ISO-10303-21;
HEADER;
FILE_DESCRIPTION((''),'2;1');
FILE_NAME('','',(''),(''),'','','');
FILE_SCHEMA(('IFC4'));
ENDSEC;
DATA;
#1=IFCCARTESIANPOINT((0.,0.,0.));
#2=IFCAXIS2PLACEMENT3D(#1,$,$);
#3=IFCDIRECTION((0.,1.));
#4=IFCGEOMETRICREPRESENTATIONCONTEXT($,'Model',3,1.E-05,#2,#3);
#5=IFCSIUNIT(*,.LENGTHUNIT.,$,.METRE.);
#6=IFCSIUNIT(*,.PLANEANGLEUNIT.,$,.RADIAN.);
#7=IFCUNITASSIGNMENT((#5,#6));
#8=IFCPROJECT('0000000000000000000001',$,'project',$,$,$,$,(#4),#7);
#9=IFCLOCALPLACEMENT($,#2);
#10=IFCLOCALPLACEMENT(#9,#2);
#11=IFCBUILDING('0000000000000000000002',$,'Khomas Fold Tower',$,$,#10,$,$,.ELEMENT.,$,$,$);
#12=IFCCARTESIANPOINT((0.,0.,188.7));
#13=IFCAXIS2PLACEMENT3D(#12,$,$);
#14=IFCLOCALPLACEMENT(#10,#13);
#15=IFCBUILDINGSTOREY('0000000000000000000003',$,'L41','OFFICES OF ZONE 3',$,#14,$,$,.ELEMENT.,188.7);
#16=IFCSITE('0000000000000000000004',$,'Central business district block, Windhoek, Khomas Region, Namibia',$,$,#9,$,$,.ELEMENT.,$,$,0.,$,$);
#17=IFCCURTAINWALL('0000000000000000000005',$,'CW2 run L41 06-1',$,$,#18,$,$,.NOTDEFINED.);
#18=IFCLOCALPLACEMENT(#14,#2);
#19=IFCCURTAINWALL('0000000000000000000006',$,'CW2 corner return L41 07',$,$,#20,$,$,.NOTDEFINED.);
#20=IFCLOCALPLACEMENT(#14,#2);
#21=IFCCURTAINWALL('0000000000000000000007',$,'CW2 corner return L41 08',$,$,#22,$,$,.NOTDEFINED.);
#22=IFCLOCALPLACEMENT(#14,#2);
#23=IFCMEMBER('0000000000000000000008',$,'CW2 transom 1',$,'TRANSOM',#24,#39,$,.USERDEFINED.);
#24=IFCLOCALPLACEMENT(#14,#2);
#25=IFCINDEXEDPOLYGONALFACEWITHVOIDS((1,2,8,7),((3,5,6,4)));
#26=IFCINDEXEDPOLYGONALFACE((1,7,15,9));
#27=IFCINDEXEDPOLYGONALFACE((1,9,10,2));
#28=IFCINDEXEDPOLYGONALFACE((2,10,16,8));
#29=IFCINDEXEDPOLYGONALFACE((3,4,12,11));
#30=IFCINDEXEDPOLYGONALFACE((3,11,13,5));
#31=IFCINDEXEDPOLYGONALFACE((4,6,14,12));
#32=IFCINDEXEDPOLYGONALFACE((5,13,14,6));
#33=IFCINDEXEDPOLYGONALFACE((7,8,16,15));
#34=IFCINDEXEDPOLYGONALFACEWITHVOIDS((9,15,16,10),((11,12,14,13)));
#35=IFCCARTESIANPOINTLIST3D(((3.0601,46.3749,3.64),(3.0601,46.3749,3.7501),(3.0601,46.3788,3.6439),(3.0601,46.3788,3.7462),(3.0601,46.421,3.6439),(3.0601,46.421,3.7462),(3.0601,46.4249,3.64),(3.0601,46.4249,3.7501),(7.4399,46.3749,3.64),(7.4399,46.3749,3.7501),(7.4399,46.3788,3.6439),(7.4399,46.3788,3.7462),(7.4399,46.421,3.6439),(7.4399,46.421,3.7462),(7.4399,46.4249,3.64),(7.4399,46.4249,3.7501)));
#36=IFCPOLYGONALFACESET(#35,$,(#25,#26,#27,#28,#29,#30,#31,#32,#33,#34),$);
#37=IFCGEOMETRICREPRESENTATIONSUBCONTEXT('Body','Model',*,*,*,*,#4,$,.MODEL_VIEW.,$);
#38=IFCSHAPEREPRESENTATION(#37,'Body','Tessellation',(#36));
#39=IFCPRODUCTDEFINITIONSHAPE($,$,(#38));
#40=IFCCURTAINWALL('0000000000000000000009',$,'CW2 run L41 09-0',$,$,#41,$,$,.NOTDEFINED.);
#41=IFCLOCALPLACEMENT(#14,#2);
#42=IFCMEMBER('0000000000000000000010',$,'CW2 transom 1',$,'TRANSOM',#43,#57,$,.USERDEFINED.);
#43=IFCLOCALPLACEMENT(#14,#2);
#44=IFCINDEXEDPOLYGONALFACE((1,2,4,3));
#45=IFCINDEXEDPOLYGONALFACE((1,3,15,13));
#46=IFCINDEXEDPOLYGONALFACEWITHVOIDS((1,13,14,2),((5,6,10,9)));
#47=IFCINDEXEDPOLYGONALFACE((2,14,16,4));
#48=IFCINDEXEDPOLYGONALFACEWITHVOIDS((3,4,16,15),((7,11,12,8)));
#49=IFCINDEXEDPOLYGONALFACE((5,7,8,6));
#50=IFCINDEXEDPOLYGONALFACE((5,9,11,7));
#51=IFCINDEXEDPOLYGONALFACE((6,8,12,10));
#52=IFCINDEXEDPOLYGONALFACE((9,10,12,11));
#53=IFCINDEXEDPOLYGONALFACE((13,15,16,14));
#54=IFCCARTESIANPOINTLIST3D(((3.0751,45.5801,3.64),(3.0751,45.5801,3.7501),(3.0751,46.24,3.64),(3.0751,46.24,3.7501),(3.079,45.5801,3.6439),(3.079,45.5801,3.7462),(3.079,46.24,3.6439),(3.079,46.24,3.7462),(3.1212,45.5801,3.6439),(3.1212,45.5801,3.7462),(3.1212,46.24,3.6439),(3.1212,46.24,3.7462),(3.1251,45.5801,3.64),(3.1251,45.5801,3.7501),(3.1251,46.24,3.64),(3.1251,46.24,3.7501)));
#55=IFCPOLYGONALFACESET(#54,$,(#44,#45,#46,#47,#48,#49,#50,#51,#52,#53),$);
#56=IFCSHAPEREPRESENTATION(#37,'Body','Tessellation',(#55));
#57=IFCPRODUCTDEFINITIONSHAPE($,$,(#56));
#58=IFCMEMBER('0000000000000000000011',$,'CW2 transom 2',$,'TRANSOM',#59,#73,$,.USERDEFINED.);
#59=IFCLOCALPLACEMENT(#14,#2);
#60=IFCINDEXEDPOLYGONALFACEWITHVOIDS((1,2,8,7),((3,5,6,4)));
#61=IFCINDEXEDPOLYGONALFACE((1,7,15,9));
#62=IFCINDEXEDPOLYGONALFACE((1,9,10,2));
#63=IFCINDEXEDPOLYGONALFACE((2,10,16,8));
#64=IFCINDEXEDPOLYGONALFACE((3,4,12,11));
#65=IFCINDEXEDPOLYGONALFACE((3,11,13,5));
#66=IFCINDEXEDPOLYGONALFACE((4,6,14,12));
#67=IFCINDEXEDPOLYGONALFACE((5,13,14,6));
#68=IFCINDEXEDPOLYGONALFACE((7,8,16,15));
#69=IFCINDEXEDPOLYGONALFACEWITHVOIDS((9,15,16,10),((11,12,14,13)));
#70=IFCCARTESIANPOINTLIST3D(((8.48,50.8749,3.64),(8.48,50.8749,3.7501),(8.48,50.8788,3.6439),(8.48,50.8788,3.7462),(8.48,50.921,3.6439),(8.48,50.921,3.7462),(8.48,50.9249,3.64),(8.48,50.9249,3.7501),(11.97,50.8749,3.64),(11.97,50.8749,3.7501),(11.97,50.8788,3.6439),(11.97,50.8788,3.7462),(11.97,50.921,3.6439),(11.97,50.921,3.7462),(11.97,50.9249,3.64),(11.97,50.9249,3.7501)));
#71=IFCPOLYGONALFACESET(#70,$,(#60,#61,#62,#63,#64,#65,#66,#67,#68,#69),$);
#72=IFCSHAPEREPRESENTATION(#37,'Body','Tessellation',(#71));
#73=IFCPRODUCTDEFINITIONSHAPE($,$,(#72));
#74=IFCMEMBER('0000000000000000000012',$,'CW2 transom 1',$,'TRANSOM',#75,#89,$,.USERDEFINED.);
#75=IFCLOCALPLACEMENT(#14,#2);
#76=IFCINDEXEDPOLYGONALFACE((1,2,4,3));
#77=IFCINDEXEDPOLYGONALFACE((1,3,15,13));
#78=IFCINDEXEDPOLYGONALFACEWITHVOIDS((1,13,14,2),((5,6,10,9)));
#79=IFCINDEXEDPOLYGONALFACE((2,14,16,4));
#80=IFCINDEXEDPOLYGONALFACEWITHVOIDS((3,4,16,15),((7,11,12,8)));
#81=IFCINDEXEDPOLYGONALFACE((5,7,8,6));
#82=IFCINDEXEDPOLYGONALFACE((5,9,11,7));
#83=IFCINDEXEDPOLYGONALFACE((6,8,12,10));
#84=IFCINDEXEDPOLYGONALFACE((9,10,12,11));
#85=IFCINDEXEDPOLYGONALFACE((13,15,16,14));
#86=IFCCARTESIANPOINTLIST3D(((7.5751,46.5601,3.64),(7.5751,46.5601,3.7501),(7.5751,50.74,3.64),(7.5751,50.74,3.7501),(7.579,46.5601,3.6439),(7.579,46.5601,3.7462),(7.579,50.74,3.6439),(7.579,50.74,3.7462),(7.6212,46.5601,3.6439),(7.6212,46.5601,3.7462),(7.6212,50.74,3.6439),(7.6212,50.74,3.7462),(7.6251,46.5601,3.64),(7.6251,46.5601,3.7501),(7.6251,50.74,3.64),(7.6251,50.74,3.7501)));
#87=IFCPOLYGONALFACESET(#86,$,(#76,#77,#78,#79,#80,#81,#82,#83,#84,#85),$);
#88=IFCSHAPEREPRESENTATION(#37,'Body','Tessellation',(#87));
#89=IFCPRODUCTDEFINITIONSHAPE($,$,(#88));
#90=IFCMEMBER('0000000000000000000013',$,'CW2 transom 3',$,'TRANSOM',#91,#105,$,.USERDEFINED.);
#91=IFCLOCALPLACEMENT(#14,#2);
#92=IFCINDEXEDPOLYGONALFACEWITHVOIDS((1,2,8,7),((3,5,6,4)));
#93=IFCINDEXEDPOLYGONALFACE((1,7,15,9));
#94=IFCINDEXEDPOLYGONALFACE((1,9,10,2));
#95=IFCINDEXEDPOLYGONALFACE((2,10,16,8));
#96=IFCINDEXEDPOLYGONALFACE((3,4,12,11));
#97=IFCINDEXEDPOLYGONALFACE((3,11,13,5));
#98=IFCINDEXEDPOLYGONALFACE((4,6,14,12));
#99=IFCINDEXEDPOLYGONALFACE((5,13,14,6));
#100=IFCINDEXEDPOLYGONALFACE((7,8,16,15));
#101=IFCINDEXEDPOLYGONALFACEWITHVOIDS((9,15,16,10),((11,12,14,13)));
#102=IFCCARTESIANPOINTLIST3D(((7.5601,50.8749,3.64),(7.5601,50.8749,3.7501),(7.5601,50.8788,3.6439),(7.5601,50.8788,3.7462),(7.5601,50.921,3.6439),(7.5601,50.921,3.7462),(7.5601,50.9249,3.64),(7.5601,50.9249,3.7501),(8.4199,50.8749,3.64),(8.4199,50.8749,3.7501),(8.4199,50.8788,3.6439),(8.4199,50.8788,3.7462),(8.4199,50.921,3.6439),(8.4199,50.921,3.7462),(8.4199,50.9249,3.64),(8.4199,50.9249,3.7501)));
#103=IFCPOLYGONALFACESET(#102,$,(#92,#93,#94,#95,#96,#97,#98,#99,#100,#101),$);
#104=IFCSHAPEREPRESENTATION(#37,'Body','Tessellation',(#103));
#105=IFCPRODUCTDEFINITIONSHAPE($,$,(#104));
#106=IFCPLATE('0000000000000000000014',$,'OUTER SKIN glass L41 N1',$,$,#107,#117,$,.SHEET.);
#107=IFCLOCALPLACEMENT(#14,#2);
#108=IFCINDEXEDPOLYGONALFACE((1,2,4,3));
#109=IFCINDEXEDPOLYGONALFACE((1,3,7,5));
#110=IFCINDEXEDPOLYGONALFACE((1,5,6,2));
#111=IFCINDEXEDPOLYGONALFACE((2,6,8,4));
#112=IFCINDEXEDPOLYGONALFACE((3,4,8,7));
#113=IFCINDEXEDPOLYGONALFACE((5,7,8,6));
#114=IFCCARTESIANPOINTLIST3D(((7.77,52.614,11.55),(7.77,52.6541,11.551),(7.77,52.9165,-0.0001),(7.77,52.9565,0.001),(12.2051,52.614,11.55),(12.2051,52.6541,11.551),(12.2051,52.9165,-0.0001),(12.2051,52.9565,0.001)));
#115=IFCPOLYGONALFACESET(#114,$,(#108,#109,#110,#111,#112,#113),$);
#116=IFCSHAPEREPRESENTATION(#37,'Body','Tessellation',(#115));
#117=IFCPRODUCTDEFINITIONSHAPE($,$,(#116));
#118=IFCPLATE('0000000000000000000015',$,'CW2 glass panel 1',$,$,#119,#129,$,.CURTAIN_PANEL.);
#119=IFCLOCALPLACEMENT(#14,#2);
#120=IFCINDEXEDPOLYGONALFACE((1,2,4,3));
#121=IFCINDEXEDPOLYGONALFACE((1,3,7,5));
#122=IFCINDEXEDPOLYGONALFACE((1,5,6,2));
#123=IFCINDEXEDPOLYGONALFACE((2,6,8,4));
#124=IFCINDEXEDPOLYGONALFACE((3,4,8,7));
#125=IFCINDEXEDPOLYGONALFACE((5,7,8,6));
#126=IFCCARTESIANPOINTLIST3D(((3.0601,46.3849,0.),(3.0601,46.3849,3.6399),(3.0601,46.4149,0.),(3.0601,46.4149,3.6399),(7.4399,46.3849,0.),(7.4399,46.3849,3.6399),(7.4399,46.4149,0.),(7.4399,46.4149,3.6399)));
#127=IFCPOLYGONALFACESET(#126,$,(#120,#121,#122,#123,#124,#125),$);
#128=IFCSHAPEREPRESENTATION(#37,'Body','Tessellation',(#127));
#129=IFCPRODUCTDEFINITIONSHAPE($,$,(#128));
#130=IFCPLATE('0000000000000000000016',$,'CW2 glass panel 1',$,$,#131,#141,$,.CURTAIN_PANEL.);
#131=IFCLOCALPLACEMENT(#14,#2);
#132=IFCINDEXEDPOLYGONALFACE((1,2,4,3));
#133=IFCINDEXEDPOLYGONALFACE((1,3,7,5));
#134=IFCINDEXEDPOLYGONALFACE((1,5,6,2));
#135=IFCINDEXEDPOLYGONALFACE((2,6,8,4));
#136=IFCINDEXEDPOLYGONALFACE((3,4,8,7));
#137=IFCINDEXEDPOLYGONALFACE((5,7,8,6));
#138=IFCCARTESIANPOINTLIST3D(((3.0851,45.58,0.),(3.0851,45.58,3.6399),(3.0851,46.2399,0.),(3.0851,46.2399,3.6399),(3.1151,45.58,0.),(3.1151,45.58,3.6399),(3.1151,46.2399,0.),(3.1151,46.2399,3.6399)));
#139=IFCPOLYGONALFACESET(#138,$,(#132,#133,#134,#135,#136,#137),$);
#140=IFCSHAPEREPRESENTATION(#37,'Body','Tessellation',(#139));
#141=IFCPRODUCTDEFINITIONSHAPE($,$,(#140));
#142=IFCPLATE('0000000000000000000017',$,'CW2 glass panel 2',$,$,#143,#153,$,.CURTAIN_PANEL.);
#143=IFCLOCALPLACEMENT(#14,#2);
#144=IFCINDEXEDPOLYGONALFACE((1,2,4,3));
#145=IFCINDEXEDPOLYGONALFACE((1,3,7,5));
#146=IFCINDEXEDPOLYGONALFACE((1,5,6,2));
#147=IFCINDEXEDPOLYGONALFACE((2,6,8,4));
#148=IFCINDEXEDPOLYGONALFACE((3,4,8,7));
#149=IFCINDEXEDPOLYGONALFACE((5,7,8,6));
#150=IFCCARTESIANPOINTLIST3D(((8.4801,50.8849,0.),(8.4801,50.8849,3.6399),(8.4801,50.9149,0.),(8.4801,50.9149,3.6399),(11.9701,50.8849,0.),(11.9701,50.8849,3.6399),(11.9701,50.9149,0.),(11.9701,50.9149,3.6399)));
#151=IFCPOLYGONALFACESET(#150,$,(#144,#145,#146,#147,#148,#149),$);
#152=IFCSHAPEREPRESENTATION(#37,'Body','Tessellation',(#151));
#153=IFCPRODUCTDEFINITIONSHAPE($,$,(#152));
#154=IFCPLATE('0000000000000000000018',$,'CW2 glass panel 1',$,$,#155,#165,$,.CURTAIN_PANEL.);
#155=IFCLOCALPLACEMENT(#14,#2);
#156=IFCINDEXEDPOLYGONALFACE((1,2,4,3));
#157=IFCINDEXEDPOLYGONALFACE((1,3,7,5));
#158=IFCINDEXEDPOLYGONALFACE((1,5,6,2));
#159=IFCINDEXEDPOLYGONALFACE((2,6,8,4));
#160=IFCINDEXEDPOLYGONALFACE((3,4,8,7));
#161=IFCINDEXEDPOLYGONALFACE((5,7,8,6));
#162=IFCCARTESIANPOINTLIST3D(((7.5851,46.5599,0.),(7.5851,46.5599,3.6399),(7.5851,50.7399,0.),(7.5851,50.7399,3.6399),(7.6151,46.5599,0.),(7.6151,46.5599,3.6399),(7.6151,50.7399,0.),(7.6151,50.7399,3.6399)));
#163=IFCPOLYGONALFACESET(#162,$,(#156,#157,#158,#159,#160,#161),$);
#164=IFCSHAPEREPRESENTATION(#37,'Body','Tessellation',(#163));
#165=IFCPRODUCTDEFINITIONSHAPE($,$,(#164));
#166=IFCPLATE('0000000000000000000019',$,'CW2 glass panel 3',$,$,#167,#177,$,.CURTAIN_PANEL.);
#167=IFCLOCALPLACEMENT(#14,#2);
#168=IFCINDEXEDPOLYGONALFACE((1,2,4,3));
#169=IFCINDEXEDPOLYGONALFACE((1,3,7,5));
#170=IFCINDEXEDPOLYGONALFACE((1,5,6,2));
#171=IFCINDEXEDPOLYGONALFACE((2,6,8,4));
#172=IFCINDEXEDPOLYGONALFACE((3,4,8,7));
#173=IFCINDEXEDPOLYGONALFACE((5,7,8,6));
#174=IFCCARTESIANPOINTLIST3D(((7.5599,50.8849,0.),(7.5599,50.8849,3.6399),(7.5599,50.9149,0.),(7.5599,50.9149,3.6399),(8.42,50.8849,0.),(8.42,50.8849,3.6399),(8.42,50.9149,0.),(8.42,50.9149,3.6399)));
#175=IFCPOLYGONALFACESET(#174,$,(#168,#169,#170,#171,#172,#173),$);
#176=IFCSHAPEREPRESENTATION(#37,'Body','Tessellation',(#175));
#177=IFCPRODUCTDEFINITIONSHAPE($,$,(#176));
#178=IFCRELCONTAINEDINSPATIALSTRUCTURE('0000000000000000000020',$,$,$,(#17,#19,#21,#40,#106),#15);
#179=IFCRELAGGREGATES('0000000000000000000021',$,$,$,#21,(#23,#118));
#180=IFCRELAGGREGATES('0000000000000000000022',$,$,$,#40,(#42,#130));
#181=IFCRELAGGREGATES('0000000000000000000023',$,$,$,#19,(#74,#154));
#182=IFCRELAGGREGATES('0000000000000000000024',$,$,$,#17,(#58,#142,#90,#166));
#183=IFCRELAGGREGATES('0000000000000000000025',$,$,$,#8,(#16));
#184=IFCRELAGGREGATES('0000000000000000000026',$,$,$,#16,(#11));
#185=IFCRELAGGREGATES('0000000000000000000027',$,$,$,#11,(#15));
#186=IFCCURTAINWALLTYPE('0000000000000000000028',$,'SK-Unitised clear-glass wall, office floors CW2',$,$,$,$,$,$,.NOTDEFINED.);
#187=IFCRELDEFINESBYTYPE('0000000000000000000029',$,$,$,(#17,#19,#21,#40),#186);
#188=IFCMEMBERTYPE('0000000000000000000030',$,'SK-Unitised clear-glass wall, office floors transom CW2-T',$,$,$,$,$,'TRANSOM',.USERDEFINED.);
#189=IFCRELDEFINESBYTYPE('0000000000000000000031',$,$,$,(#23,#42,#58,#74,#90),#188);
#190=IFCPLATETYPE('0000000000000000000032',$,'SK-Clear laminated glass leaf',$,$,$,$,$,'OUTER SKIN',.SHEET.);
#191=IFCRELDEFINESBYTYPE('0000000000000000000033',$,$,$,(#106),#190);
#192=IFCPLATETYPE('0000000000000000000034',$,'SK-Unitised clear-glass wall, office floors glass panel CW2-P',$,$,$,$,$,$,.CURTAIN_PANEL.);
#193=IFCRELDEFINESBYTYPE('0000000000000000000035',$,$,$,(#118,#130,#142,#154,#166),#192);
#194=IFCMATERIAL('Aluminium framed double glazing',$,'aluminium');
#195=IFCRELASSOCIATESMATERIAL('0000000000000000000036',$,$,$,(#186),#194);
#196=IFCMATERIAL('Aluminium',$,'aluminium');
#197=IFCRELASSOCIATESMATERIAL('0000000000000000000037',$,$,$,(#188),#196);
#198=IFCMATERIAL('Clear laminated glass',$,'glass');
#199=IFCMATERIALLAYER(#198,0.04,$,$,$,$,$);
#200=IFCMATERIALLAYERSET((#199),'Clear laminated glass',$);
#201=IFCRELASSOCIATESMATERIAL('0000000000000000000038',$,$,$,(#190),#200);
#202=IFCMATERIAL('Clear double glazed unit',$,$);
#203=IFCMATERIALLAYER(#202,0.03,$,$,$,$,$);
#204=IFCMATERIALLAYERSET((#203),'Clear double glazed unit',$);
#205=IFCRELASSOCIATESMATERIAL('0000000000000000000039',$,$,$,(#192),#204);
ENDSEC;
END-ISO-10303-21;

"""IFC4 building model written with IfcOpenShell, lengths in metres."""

from ifc_helpers import new_model, si_unit, direction, frame, origin, origin_2d, place, context, subcontext, project, spatial, polyline, rectangle, hollow_rectangle, outline, extrude, source, transform, mapped, material, layer, layer_set, material_profile, profile_set, type_object, element, aggregate, save


model = new_model("IFC4")

# Units and contexts
model_context = context("Model", 3, precision=1e-05, world=origin(), true_north=direction((0.0, 1.0)))
body_context = subcontext(model_context, "Body", "Model", "MODEL_VIEW")
ifc_project = project(units=[si_unit("LENGTHUNIT", "METRE"), si_unit("PLANEANGLEUNIT", "RADIAN")], contexts=[model_context])

# Site, building, storey
site_placement = place(None, origin())
site = spatial("IfcSite", under=ifc_project, at=site_placement, Name="Central business district block, Windhoek, Khomas Region, Namibia", CompositionType="ELEMENT", RefElevation=0.0)
building_placement = place(site_placement, origin())
building = spatial("IfcBuilding", under=site, at=building_placement, Name="Khomas Fold Tower", CompositionType="ELEMENT")
storey_placement = place(building_placement, frame((0.0, 0.0, 188.7)))
storey = spatial("IfcBuildingStorey", under=building, at=storey_placement, Name="L41", Description="OFFICES OF ZONE 3", CompositionType="ELEMENT", Elevation=188.7)

# Curtain walls, member
ifc_material_1 = material(Name="Aluminium framed double glazing", Category="aluminium")
curtain_wall_type = type_object("IfcCurtainWallType", Name="SK-Unitised clear-glass wall, office floors CW2", PredefinedType="NOTDEFINED", material=ifc_material_1)
curtain_wall_1_placement = place(storey_placement, origin())
curtain_wall_1 = element("IfcCurtainWall", 1, at=curtain_wall_1_placement, inside=storey, type_object=curtain_wall_type, Name="CW2 run L41 06-1", PredefinedType="NOTDEFINED")
curtain_wall_2_placement = place(storey_placement, origin())
curtain_wall_2 = element("IfcCurtainWall", 2, at=curtain_wall_2_placement, inside=storey, type_object=curtain_wall_type, Name="CW2 corner return L41 07", PredefinedType="NOTDEFINED")
curtain_wall_3_placement = place(storey_placement, origin())
curtain_wall_3 = element("IfcCurtainWall", 3, at=curtain_wall_3_placement, inside=storey, type_object=curtain_wall_type, Name="CW2 corner return L41 08", PredefinedType="NOTDEFINED")
ifc_material_2 = material(Name="Aluminium", Category="aluminium")
ifc_material_profile_1 = material_profile(ifc_material_2, hollow_rectangle(XDim=0.05, YDim=0.1101, WallThickness=0.0039, at=origin_2d()), Name="SK-Unitised clear-glass wall, office floors transom CW2-T")
ifc_profile_set_1 = profile_set([ifc_material_profile_1], Name="Aluminium")
member_type_1 = type_object("IfcMemberType", Name="SK-Unitised clear-glass wall, office floors transom CW2-T", ElementType="TRANSOM", PredefinedType="USERDEFINED", material=ifc_profile_set_1)
shared_shape_1 = source(origin(), body_context, "Body", "SweptSolid", [
    extrude(hollow_rectangle(XDim=0.05, YDim=0.1101, WallThickness=0.0039, at=origin_2d()), origin(), (0.0, 0.0, 1.0), 4.3799),
])
member_1_placement = place(storey_placement, frame((7.4399, 46.3999, 3.6951), z_axis=(-1.0, 0.0, 0.0), x_axis=(0.0, -1.0, 0.0)))
member_1 = element("IfcMember", 4, at=member_1_placement, type_object=member_type_1, Name="CW2 transom 1", ObjectType="TRANSOM", PredefinedType="USERDEFINED", context=body_context, shape_type="MappedRepresentation", body=[
    mapped(shared_shape_1, transform((0.0, 0.0, 0.0))),
])

# Curtain wall, member
curtain_wall_4_placement = place(storey_placement, origin())
curtain_wall_4 = element("IfcCurtainWall", 5, at=curtain_wall_4_placement, inside=storey, type_object=curtain_wall_type, Name="CW2 run L41 09-0", PredefinedType="NOTDEFINED")
shared_shape_2 = source(origin(), body_context, "Body", "SweptSolid", [
    extrude(hollow_rectangle(XDim=0.05, YDim=0.1101, WallThickness=0.0039, at=origin_2d()), origin(), (0.0, 0.0, 1.0), 0.6599),
])
member_2_placement = place(storey_placement, frame((3.1001, 46.24, 3.6951), z_axis=(0.0, -1.0, 0.0), x_axis=(1.0, 0.0, 0.0)))
member_2 = element("IfcMember", 6, at=member_2_placement, type_object=member_type_1, Name="CW2 transom 1", ObjectType="TRANSOM", PredefinedType="USERDEFINED", context=body_context, shape_type="MappedRepresentation", body=[
    mapped(shared_shape_2, transform((0.0, 0.0, 0.0))),
])

# Members
shared_shape_3 = source(origin(), body_context, "Body", "SweptSolid", [
    extrude(hollow_rectangle(XDim=0.05, YDim=0.1101, WallThickness=0.0039, at=origin_2d()), origin(), (0.0, 0.0, 1.0), 3.49),
])
member_3_placement = place(storey_placement, frame((11.97, 50.8999, 3.6951), z_axis=(-1.0, 0.0, 0.0), x_axis=(0.0, -1.0, 0.0)))
member_3 = element("IfcMember", 7, at=member_3_placement, type_object=member_type_1, Name="CW2 transom 2", ObjectType="TRANSOM", PredefinedType="USERDEFINED", context=body_context, shape_type="MappedRepresentation", body=[
    mapped(shared_shape_3, transform((0.0, 0.0, 0.0))),
])
shared_shape_4 = source(origin(), body_context, "Body", "SweptSolid", [
    extrude(hollow_rectangle(XDim=0.05, YDim=0.1101, WallThickness=0.0039, at=origin_2d()), origin(), (0.0, 0.0, 1.0), 4.1799),
])
member_4_placement = place(storey_placement, frame((7.6001, 50.74, 3.6951), z_axis=(0.0, -1.0, 0.0), x_axis=(1.0, 0.0, 0.0)))
member_4 = element("IfcMember", 8, at=member_4_placement, type_object=member_type_1, Name="CW2 transom 1", ObjectType="TRANSOM", PredefinedType="USERDEFINED", context=body_context, shape_type="MappedRepresentation", body=[
    mapped(shared_shape_4, transform((0.0, 0.0, 0.0))),
])
shared_shape_5 = source(origin(), body_context, "Body", "SweptSolid", [
    extrude(hollow_rectangle(XDim=0.05, YDim=0.1101, WallThickness=0.0039, at=origin_2d()), origin(), (0.0, 0.0, 1.0), 0.8599),
])
member_5_placement = place(storey_placement, frame((8.4199, 50.8999, 3.6951), z_axis=(-1.0, 0.0, 0.0), x_axis=(0.0, -1.0, 0.0)))
member_5 = element("IfcMember", 9, at=member_5_placement, type_object=member_type_1, Name="CW2 transom 3", ObjectType="TRANSOM", PredefinedType="USERDEFINED", context=body_context, shape_type="MappedRepresentation", body=[
    mapped(shared_shape_5, transform((0.0, 0.0, 0.0))),
])

# Plates
ifc_material_3 = material(Name="Clear laminated glass", Category="glass")
ifc_layer_1 = layer(ifc_material_3, 0.04)
ifc_layer_set_1 = layer_set([ifc_layer_1], Name="Clear laminated glass")
plate_type_1 = type_object("IfcPlateType", Name="SK-Clear laminated glass leaf", ElementType="OUTER SKIN", PredefinedType="SHEET", material=ifc_layer_set_1)
plate_1_placement = place(storey_placement, frame((7.77, 52.9565, 0.001), z_axis=(0.0, 0.999657, 0.026181), x_axis=(1.0, 0.0, 0.0)))
element("IfcPlate", 10, at=plate_1_placement, inside=storey, type_object=plate_type_1, Name="OUTER SKIN glass L41 N1", PredefinedType="SHEET", context=body_context, shape_type="SweptSolid", body=[
    extrude(outline(polyline([(0.0, 0.0), (4.4351, 0.0), (4.4351, -11.554), (0.0, -11.554), (0.0, 0.0)])), origin(), (0.0, 0.0, -1.0), 0.04),
])
ifc_material_4 = material(Name="Clear double glazed unit")
ifc_layer_2 = layer(ifc_material_4, 0.03)
ifc_layer_set_2 = layer_set([ifc_layer_2], Name="Clear double glazed unit")
plate_type_2 = type_object("IfcPlateType", Name="SK-Unitised clear-glass wall, office floors glass panel CW2-P", PredefinedType="CURTAIN_PANEL", material=ifc_layer_set_2)
shared_shape_6 = source(origin(), body_context, "Body", "SweptSolid", [
    extrude(rectangle(XDim=4.3799, YDim=0.03, at=origin_2d()), origin(), (0.0, 0.0, 1.0), 3.6399),
])
plate_2_placement = place(storey_placement, frame((5.25, 46.3999, 0.0), z_axis=(0.0, 0.0, 1.0), x_axis=(-1.0, 0.0, 0.0)))
plate_2 = element("IfcPlate", 11, at=plate_2_placement, type_object=plate_type_2, Name="CW2 glass panel 1", PredefinedType="CURTAIN_PANEL", context=body_context, shape_type="MappedRepresentation", body=[
    mapped(shared_shape_6, transform((0.0, 0.0, 0.0))),
])
aggregate(curtain_wall_3, [member_1, plate_2])
shared_shape_7 = source(origin(), body_context, "Body", "SweptSolid", [
    extrude(rectangle(XDim=0.6599, YDim=0.03, at=origin_2d()), origin(), (0.0, 0.0, 1.0), 3.6399),
])
plate_3_placement = place(storey_placement, frame((3.1001, 45.9099, 0.0), z_axis=(0.0, 0.0, 1.0), x_axis=(0.0, -1.0, 0.0)))
plate_3 = element("IfcPlate", 12, at=plate_3_placement, type_object=plate_type_2, Name="CW2 glass panel 1", PredefinedType="CURTAIN_PANEL", context=body_context, shape_type="MappedRepresentation", body=[
    mapped(shared_shape_7, transform((0.0, 0.0, 0.0))),
])
aggregate(curtain_wall_4, [member_2, plate_3])
shared_shape_8 = source(origin(), body_context, "Body", "SweptSolid", [
    extrude(rectangle(XDim=3.49, YDim=0.03, at=origin_2d()), origin(), (0.0, 0.0, 1.0), 3.6399),
])
plate_4_placement = place(storey_placement, frame((10.2251, 50.8999, 0.0), z_axis=(0.0, 0.0, 1.0), x_axis=(-1.0, 0.0, 0.0)))
plate_4 = element("IfcPlate", 13, at=plate_4_placement, type_object=plate_type_2, Name="CW2 glass panel 2", PredefinedType="CURTAIN_PANEL", context=body_context, shape_type="MappedRepresentation", body=[
    mapped(shared_shape_8, transform((0.0, 0.0, 0.0))),
])
shared_shape_9 = source(origin(), body_context, "Body", "SweptSolid", [
    extrude(rectangle(XDim=4.1799, YDim=0.03, at=origin_2d()), origin(), (0.0, 0.0, 1.0), 3.6399),
])
plate_5_placement = place(storey_placement, frame((7.6001, 48.6499, 0.0), z_axis=(0.0, 0.0, 1.0), x_axis=(0.0, -1.0, 0.0)))
plate_5 = element("IfcPlate", 14, at=plate_5_placement, type_object=plate_type_2, Name="CW2 glass panel 1", PredefinedType="CURTAIN_PANEL", context=body_context, shape_type="MappedRepresentation", body=[
    mapped(shared_shape_9, transform((0.0, 0.0, 0.0))),
])
aggregate(curtain_wall_2, [member_4, plate_5])
shared_shape_10 = source(origin(), body_context, "Body", "SweptSolid", [
    extrude(rectangle(XDim=0.8601, YDim=0.03, at=origin_2d()), origin(), (0.0, 0.0, 1.0), 3.6399),
])
plate_6_placement = place(storey_placement, frame((7.99, 50.8999, 0.0), z_axis=(0.0, 0.0, 1.0), x_axis=(-1.0, 0.0, 0.0)))
plate_6 = element("IfcPlate", 15, at=plate_6_placement, type_object=plate_type_2, Name="CW2 glass panel 3", PredefinedType="CURTAIN_PANEL", context=body_context, shape_type="MappedRepresentation", body=[
    mapped(shared_shape_10, transform((0.0, 0.0, 0.0))),
])
aggregate(curtain_wall_1, [member_3, plate_4, member_5, plate_6])

save(model, "model.ifc")
